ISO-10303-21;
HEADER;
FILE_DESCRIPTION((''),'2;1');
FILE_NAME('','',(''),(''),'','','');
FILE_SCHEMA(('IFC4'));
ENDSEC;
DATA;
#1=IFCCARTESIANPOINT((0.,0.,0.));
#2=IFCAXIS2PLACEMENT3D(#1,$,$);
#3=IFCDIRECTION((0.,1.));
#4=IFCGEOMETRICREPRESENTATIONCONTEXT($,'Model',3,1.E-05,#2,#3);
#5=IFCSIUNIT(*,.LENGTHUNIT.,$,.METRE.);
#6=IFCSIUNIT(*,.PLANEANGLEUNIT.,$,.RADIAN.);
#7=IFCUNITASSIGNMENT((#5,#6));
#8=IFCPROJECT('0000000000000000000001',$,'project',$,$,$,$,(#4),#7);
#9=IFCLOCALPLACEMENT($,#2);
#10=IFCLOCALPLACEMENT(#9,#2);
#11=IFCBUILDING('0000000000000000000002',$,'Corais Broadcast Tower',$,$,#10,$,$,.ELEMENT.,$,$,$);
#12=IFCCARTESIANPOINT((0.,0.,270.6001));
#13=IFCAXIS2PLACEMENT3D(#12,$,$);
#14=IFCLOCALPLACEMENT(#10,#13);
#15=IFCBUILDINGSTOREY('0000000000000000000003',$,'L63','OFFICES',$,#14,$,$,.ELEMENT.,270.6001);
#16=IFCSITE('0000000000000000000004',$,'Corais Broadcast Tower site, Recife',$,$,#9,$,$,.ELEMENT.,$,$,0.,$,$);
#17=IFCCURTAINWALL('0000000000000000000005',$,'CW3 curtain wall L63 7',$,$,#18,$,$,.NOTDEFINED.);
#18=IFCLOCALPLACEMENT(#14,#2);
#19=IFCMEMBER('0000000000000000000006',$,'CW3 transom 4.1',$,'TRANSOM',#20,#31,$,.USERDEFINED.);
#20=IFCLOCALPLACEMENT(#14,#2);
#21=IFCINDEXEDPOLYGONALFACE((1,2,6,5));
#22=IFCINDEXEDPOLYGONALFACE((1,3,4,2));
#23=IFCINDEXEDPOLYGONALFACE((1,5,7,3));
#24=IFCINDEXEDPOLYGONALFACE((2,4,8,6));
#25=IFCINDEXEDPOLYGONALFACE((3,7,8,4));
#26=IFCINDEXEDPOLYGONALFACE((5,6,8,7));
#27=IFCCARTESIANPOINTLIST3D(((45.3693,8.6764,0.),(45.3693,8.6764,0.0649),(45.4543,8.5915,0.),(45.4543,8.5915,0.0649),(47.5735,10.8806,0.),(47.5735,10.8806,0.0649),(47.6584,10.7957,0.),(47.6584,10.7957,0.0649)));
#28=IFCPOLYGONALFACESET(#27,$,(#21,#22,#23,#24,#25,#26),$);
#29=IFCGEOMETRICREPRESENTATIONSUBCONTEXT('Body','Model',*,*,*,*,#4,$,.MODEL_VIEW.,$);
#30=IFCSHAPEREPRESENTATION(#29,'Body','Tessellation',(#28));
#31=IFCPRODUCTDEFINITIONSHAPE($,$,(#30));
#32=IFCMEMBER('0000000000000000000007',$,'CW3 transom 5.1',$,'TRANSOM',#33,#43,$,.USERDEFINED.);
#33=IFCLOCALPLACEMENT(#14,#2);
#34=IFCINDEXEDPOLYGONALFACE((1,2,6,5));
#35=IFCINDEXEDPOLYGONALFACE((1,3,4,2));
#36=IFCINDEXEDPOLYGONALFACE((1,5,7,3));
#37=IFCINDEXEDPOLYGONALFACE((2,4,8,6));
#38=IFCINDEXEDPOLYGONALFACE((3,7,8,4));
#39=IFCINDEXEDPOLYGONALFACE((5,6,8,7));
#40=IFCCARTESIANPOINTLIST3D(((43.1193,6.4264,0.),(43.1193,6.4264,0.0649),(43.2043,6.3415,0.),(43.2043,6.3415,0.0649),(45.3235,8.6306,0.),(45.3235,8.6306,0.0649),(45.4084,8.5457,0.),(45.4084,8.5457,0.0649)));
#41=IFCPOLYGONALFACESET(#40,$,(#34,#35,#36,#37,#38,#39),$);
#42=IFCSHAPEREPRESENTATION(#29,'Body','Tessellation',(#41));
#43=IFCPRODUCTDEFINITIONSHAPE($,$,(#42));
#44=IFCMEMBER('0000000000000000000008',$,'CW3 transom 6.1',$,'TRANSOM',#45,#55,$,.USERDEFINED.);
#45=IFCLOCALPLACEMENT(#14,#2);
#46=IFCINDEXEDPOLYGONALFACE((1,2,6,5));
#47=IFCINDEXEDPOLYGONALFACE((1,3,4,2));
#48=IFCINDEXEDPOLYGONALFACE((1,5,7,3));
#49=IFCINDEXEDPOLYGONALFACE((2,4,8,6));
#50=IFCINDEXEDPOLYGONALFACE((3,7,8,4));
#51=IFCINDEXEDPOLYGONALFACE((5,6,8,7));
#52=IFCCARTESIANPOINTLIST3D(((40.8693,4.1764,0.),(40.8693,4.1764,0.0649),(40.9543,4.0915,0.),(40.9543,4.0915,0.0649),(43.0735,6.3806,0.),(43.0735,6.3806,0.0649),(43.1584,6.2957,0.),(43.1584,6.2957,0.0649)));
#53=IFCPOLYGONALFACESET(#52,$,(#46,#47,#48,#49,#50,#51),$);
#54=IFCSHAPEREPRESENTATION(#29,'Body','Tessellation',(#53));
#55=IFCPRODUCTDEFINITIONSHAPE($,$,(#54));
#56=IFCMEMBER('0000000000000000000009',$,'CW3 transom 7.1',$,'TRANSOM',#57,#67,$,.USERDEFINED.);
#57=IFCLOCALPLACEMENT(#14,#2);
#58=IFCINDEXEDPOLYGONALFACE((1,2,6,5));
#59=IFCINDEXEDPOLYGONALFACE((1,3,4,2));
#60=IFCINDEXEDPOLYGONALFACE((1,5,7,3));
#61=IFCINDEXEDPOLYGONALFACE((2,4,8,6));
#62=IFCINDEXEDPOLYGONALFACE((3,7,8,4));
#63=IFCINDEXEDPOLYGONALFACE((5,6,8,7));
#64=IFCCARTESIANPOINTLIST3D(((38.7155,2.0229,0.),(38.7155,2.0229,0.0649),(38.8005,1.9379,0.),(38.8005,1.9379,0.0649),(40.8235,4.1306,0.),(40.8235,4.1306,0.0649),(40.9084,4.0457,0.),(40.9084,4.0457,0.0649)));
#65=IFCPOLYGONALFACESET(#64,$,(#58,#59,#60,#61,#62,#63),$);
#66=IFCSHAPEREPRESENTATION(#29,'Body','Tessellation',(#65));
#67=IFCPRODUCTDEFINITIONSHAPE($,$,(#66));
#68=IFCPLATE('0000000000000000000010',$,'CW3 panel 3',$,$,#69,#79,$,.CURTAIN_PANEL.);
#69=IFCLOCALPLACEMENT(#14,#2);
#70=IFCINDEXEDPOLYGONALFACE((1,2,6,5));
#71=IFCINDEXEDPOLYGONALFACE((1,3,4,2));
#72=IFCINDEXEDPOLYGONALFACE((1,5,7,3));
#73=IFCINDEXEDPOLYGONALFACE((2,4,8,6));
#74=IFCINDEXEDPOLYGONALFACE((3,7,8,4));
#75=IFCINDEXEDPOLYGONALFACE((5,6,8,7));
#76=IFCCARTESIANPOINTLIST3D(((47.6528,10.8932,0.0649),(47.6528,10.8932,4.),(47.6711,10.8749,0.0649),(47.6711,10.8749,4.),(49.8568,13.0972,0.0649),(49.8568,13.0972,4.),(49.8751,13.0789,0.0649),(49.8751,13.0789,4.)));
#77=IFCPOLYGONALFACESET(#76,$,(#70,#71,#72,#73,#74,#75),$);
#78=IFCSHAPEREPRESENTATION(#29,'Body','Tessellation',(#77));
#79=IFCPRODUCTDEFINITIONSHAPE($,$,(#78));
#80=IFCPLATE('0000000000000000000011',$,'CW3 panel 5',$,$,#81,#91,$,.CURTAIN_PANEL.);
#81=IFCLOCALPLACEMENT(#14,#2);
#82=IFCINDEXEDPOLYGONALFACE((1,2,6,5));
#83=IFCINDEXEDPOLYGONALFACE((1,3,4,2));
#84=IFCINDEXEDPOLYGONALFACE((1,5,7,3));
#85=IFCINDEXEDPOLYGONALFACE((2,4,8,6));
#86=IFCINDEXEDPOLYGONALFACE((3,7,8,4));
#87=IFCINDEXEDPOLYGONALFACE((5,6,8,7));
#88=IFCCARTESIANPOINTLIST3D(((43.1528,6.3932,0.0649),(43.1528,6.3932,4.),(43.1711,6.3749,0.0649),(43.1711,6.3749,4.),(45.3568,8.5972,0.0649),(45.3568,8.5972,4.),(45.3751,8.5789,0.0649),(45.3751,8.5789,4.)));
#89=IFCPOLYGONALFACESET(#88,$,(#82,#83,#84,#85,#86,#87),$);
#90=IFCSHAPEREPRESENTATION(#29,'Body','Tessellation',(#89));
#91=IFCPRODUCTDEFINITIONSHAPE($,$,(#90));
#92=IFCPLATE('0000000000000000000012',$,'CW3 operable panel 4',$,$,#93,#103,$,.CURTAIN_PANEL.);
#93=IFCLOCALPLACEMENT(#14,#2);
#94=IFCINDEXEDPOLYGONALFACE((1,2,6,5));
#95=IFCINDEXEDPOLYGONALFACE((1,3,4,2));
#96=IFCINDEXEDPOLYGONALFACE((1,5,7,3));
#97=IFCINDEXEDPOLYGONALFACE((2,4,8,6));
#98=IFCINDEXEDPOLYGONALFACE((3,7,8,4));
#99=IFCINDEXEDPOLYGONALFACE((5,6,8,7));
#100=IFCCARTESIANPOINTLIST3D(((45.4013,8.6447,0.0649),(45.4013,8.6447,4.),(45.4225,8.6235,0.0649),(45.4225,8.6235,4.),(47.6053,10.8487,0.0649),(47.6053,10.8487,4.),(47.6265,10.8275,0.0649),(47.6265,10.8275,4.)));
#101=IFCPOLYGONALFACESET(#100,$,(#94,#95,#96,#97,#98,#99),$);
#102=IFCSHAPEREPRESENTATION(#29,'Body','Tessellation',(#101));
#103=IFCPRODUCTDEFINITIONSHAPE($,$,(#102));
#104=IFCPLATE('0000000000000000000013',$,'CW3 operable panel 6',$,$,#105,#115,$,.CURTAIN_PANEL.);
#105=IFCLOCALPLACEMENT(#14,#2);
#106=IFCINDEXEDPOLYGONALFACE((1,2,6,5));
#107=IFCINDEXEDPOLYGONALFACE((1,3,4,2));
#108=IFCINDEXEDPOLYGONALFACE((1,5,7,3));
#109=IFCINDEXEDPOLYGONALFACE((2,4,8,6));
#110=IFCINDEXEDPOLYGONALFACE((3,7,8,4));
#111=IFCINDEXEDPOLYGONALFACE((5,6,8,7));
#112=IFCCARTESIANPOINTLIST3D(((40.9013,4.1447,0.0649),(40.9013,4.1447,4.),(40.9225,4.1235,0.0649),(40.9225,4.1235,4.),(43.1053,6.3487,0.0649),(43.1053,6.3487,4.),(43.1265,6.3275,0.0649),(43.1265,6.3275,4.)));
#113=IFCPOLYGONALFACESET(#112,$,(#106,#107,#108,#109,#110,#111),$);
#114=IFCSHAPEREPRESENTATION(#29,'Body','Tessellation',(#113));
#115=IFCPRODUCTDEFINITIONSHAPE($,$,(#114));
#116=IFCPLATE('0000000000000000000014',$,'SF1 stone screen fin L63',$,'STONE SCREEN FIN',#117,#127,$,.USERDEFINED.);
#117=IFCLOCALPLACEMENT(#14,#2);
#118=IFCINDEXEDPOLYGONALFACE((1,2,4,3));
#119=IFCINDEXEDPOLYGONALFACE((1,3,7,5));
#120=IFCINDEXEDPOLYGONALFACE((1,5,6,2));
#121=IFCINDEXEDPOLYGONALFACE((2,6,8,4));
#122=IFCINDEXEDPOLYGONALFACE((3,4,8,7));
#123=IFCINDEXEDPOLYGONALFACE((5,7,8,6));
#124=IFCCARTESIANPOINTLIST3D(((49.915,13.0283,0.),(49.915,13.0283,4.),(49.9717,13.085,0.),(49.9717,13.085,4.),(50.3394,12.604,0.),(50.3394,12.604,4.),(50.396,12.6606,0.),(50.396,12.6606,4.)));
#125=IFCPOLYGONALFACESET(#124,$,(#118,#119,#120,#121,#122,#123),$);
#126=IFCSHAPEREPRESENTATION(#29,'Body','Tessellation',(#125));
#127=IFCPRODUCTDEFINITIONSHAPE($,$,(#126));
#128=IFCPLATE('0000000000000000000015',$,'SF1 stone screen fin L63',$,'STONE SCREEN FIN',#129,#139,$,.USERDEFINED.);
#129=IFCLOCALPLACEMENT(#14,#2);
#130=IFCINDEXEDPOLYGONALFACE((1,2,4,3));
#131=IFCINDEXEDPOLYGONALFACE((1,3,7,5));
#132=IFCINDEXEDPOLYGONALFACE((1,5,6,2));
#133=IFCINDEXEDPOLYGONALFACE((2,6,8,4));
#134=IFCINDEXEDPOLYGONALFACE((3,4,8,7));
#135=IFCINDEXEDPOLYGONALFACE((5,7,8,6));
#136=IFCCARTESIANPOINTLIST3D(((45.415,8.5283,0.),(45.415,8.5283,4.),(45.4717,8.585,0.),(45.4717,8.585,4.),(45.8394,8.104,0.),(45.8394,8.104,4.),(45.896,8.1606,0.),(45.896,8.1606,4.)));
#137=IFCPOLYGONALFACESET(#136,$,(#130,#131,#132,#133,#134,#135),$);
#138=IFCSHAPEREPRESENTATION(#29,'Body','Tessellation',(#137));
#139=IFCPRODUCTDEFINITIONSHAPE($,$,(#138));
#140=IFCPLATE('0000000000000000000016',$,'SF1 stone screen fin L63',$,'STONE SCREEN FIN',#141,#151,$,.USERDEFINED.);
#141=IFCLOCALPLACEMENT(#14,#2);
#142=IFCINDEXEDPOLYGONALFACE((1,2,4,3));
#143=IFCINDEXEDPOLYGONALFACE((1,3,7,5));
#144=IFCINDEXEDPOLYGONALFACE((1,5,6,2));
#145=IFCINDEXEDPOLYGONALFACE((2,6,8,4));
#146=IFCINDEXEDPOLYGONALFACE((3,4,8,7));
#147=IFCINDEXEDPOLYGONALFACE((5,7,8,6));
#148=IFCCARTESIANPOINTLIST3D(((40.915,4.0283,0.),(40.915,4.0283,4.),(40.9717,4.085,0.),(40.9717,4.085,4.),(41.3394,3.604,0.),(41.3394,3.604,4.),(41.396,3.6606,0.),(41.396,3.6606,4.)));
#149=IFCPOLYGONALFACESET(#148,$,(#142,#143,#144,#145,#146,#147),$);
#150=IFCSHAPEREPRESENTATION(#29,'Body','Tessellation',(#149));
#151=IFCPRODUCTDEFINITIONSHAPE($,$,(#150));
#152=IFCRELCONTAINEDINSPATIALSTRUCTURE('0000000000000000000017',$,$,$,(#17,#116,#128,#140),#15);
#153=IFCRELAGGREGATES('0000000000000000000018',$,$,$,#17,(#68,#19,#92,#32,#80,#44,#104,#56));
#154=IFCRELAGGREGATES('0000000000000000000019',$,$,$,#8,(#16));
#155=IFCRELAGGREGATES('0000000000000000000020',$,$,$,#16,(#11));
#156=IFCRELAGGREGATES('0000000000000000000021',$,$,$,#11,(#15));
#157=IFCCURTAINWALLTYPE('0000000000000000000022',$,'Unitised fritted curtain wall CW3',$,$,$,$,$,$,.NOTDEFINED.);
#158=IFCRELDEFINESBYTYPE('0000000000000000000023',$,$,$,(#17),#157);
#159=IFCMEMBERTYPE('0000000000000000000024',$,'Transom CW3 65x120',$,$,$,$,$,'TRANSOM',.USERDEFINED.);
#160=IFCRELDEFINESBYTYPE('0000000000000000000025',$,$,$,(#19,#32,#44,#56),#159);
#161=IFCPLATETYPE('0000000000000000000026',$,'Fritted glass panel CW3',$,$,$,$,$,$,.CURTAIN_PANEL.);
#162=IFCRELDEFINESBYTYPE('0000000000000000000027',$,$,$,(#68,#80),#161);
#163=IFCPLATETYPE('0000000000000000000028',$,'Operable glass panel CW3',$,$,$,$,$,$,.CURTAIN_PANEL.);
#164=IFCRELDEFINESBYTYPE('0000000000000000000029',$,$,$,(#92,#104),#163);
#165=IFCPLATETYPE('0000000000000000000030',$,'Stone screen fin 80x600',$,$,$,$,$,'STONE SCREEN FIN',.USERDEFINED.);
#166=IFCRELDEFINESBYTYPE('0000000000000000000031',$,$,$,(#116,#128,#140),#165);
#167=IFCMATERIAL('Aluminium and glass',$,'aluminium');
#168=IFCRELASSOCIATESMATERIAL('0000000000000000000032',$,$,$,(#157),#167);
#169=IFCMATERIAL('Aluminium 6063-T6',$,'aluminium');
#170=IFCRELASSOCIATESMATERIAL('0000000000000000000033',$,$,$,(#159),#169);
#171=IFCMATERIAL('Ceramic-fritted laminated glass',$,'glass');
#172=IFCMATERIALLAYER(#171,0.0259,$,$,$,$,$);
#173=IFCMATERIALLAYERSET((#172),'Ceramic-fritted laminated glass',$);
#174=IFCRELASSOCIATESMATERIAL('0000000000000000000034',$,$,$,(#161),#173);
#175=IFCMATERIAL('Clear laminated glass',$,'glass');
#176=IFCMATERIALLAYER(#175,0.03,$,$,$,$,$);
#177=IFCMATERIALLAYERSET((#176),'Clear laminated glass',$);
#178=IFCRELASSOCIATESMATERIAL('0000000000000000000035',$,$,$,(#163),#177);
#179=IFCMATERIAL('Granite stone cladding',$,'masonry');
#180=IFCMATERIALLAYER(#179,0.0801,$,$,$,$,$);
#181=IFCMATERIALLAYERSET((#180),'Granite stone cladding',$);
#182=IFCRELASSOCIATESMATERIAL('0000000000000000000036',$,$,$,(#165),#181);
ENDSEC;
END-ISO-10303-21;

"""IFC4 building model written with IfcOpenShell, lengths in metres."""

from ifc_helpers import new_model, si_unit, direction, frame, origin, origin_2d, place, context, subcontext, project, spatial, rectangle, extrude, material, layer, layer_set, material_profile, profile_set, type_object, element, aggregate, save


model = new_model("IFC4")

# Units and contexts
model_context = context("Model", 3, precision=1e-05, world=origin(), true_north=direction((0.0, 1.0)))
body_context = subcontext(model_context, "Body", "Model", "MODEL_VIEW")
ifc_project = project(units=[si_unit("LENGTHUNIT", "METRE"), si_unit("PLANEANGLEUNIT", "RADIAN")], contexts=[model_context])

# Site, building, storey
site_placement = place(None, origin())
site = spatial("IfcSite", under=ifc_project, at=site_placement, Name="Corais Broadcast Tower site, Recife", CompositionType="ELEMENT", RefElevation=0.0)
building_placement = place(site_placement, origin())
building = spatial("IfcBuilding", under=site, at=building_placement, Name="Corais Broadcast Tower", CompositionType="ELEMENT")
storey_placement = place(building_placement, frame((0.0, 0.0, 270.6001)))
storey = spatial("IfcBuildingStorey", under=building, at=storey_placement, Name="L63", Description="OFFICES", CompositionType="ELEMENT", Elevation=270.6001)

# Curtain wall
ifc_material_1 = material(Name="Aluminium and glass", Category="aluminium")
curtain_wall_type = type_object("IfcCurtainWallType", Name="Unitised fritted curtain wall CW3", PredefinedType="NOTDEFINED", material=ifc_material_1)
curtain_wall_placement = place(storey_placement, origin())
curtain_wall = element("IfcCurtainWall", 1, at=curtain_wall_placement, inside=storey, type_object=curtain_wall_type, Name="CW3 curtain wall L63 7", PredefinedType="NOTDEFINED")

# Members
ifc_material_2 = material(Name="Aluminium 6063-T6", Category="aluminium")
ifc_material_profile_1 = material_profile(ifc_material_2, rectangle(XDim=0.1201, YDim=0.0649, at=origin_2d()), Name="Transom CW3 65x120")
ifc_profile_set_1 = profile_set([ifc_material_profile_1], Name="Aluminium 6063-T6")
member_type_1 = type_object("IfcMemberType", Name="Transom CW3 65x120", ElementType="TRANSOM", PredefinedType="USERDEFINED", material=ifc_profile_set_1)
member_1_placement = place(storey_placement, frame((47.616, 10.8381, 0.0325), z_axis=(-0.707107, -0.707107, 0.0), x_axis=(0.707107, -0.707107, 0.0)))
member_1 = element("IfcMember", 2, at=member_1_placement, type_object=member_type_1, Name="CW3 transom 4.1", ObjectType="TRANSOM", PredefinedType="USERDEFINED", context=body_context, shape_type="SweptSolid", body=[
    extrude(rectangle(XDim=0.1201, YDim=0.0649, at=origin_2d()), origin(), (0.0, 0.0, 1.0), 3.1172),
])
member_2_placement = place(storey_placement, frame((45.366, 8.5881, 0.0325), z_axis=(-0.707107, -0.707107, 0.0), x_axis=(0.707107, -0.707107, 0.0)))
member_2 = element("IfcMember", 3, at=member_2_placement, type_object=member_type_1, Name="CW3 transom 5.1", ObjectType="TRANSOM", PredefinedType="USERDEFINED", context=body_context, shape_type="SweptSolid", body=[
    extrude(rectangle(XDim=0.1201, YDim=0.0649, at=origin_2d()), origin(), (0.0, 0.0, 1.0), 3.1172),
])
member_3_placement = place(storey_placement, frame((43.116, 6.3381, 0.0325), z_axis=(-0.707107, -0.707107, 0.0), x_axis=(0.707107, -0.707107, 0.0)))
member_3 = element("IfcMember", 4, at=member_3_placement, type_object=member_type_1, Name="CW3 transom 6.1", ObjectType="TRANSOM", PredefinedType="USERDEFINED", context=body_context, shape_type="SweptSolid", body=[
    extrude(rectangle(XDim=0.1201, YDim=0.0649, at=origin_2d()), origin(), (0.0, 0.0, 1.0), 3.1172),
])
member_4_placement = place(storey_placement, frame((40.866, 4.0881, 0.0325), z_axis=(-0.707148, -0.707066, 0.0), x_axis=(0.707066, -0.707148, 0.0)))
member_4 = element("IfcMember", 5, at=member_4_placement, type_object=member_type_1, Name="CW3 transom 7.1", ObjectType="TRANSOM", PredefinedType="USERDEFINED", context=body_context, shape_type="SweptSolid", body=[
    extrude(rectangle(XDim=0.1201, YDim=0.0649, at=origin_2d()), origin(), (0.0, 0.0, 1.0), 2.981),
])

# Plates
ifc_material_3 = material(Name="Ceramic-fritted laminated glass", Category="glass")
ifc_layer_1 = layer(ifc_material_3, 0.0259)
ifc_layer_set_1 = layer_set([ifc_layer_1], Name="Ceramic-fritted laminated glass")
plate_type_1 = type_object("IfcPlateType", Name="Fritted glass panel CW3", PredefinedType="CURTAIN_PANEL", material=ifc_layer_set_1)
plate_1_placement = place(storey_placement, frame((48.7639, 11.9861, 0.0649), z_axis=(0.0, 0.0, 1.0), x_axis=(-0.707107, -0.707107, 0.0)))
plate_1 = element("IfcPlate", 6, at=plate_1_placement, type_object=plate_type_1, Name="CW3 panel 3", PredefinedType="CURTAIN_PANEL", context=body_context, shape_type="SweptSolid", body=[
    extrude(rectangle(XDim=3.1169, YDim=0.0259, at=origin_2d()), origin(), (0.0, 0.0, 1.0), 3.9351),
])
plate_2_placement = place(storey_placement, frame((44.2639, 7.4861, 0.0649), z_axis=(0.0, 0.0, 1.0), x_axis=(-0.707107, -0.707107, 0.0)))
plate_2 = element("IfcPlate", 7, at=plate_2_placement, type_object=plate_type_1, Name="CW3 panel 5", PredefinedType="CURTAIN_PANEL", context=body_context, shape_type="SweptSolid", body=[
    extrude(rectangle(XDim=3.1169, YDim=0.0259, at=origin_2d()), origin(), (0.0, 0.0, 1.0), 3.9351),
])
ifc_material_4 = material(Name="Clear laminated glass", Category="glass")
ifc_layer_2 = layer(ifc_material_4, 0.03)
ifc_layer_set_2 = layer_set([ifc_layer_2], Name="Clear laminated glass")
plate_type_2 = type_object("IfcPlateType", Name="Operable glass panel CW3", PredefinedType="CURTAIN_PANEL", material=ifc_layer_set_2)
plate_3_placement = place(storey_placement, frame((46.5139, 9.7361, 0.0649), z_axis=(0.0, 0.0, 1.0), x_axis=(-0.707107, -0.707107, 0.0)))
plate_3 = element("IfcPlate", 8, at=plate_3_placement, type_object=plate_type_2, Name="CW3 operable panel 4", PredefinedType="CURTAIN_PANEL", context=body_context, shape_type="SweptSolid", body=[
    extrude(rectangle(XDim=3.1169, YDim=0.03, at=origin_2d()), origin(), (0.0, 0.0, 1.0), 3.9351),
])
plate_4_placement = place(storey_placement, frame((42.0139, 5.2361, 0.0649), z_axis=(0.0, 0.0, 1.0), x_axis=(-0.707107, -0.707107, 0.0)))
plate_4 = element("IfcPlate", 9, at=plate_4_placement, type_object=plate_type_2, Name="CW3 operable panel 6", PredefinedType="CURTAIN_PANEL", context=body_context, shape_type="SweptSolid", body=[
    extrude(rectangle(XDim=3.1169, YDim=0.03, at=origin_2d()), origin(), (0.0, 0.0, 1.0), 3.9351),
])
aggregate(curtain_wall, [plate_1, member_1, plate_3, member_2, plate_2, member_3, plate_4, member_4])

# Plates
ifc_material_5 = material(Name="Granite stone cladding", Category="masonry")
ifc_layer_3 = layer(ifc_material_5, 0.0801)
ifc_layer_set_3 = layer_set([ifc_layer_3], Name="Granite stone cladding")
plate_type_3 = type_object("IfcPlateType", Name="Stone screen fin 80x600", ElementType="STONE SCREEN FIN", PredefinedType="USERDEFINED", material=ifc_layer_set_3)
for number, where, z_axis, x_axis, name in (
    (10, (50.1555, 12.8445, 0.0), (0.0, 0.0, 1.0), (-0.707107, -0.707107, 0.0), "SF1 stone screen fin L63"),
    (11, (45.6555, 8.3445, 0.0), (0.0, 0.0, 1.0), (-0.707107, -0.707107, 0.0), "SF1 stone screen fin L63"),
    (12, (41.1555, 3.8445, 0.0), (0.0, 0.0, 1.0), (-0.707107, -0.707107, 0.0), "SF1 stone screen fin L63"),
):
    element("IfcPlate", number, at=place(storey_placement, frame(where, z_axis=z_axis, x_axis=x_axis)), inside=storey, type_object=plate_type_3, Name=name, ObjectType="STONE SCREEN FIN", PredefinedType="USERDEFINED", context=body_context, shape_type="SweptSolid", body=[
        extrude(rectangle(XDim=0.0801, YDim=0.6001, at=origin_2d()), origin(), (0.0, 0.0, 1.0), 4.0),
    ])

save(model, "model.ifc")
